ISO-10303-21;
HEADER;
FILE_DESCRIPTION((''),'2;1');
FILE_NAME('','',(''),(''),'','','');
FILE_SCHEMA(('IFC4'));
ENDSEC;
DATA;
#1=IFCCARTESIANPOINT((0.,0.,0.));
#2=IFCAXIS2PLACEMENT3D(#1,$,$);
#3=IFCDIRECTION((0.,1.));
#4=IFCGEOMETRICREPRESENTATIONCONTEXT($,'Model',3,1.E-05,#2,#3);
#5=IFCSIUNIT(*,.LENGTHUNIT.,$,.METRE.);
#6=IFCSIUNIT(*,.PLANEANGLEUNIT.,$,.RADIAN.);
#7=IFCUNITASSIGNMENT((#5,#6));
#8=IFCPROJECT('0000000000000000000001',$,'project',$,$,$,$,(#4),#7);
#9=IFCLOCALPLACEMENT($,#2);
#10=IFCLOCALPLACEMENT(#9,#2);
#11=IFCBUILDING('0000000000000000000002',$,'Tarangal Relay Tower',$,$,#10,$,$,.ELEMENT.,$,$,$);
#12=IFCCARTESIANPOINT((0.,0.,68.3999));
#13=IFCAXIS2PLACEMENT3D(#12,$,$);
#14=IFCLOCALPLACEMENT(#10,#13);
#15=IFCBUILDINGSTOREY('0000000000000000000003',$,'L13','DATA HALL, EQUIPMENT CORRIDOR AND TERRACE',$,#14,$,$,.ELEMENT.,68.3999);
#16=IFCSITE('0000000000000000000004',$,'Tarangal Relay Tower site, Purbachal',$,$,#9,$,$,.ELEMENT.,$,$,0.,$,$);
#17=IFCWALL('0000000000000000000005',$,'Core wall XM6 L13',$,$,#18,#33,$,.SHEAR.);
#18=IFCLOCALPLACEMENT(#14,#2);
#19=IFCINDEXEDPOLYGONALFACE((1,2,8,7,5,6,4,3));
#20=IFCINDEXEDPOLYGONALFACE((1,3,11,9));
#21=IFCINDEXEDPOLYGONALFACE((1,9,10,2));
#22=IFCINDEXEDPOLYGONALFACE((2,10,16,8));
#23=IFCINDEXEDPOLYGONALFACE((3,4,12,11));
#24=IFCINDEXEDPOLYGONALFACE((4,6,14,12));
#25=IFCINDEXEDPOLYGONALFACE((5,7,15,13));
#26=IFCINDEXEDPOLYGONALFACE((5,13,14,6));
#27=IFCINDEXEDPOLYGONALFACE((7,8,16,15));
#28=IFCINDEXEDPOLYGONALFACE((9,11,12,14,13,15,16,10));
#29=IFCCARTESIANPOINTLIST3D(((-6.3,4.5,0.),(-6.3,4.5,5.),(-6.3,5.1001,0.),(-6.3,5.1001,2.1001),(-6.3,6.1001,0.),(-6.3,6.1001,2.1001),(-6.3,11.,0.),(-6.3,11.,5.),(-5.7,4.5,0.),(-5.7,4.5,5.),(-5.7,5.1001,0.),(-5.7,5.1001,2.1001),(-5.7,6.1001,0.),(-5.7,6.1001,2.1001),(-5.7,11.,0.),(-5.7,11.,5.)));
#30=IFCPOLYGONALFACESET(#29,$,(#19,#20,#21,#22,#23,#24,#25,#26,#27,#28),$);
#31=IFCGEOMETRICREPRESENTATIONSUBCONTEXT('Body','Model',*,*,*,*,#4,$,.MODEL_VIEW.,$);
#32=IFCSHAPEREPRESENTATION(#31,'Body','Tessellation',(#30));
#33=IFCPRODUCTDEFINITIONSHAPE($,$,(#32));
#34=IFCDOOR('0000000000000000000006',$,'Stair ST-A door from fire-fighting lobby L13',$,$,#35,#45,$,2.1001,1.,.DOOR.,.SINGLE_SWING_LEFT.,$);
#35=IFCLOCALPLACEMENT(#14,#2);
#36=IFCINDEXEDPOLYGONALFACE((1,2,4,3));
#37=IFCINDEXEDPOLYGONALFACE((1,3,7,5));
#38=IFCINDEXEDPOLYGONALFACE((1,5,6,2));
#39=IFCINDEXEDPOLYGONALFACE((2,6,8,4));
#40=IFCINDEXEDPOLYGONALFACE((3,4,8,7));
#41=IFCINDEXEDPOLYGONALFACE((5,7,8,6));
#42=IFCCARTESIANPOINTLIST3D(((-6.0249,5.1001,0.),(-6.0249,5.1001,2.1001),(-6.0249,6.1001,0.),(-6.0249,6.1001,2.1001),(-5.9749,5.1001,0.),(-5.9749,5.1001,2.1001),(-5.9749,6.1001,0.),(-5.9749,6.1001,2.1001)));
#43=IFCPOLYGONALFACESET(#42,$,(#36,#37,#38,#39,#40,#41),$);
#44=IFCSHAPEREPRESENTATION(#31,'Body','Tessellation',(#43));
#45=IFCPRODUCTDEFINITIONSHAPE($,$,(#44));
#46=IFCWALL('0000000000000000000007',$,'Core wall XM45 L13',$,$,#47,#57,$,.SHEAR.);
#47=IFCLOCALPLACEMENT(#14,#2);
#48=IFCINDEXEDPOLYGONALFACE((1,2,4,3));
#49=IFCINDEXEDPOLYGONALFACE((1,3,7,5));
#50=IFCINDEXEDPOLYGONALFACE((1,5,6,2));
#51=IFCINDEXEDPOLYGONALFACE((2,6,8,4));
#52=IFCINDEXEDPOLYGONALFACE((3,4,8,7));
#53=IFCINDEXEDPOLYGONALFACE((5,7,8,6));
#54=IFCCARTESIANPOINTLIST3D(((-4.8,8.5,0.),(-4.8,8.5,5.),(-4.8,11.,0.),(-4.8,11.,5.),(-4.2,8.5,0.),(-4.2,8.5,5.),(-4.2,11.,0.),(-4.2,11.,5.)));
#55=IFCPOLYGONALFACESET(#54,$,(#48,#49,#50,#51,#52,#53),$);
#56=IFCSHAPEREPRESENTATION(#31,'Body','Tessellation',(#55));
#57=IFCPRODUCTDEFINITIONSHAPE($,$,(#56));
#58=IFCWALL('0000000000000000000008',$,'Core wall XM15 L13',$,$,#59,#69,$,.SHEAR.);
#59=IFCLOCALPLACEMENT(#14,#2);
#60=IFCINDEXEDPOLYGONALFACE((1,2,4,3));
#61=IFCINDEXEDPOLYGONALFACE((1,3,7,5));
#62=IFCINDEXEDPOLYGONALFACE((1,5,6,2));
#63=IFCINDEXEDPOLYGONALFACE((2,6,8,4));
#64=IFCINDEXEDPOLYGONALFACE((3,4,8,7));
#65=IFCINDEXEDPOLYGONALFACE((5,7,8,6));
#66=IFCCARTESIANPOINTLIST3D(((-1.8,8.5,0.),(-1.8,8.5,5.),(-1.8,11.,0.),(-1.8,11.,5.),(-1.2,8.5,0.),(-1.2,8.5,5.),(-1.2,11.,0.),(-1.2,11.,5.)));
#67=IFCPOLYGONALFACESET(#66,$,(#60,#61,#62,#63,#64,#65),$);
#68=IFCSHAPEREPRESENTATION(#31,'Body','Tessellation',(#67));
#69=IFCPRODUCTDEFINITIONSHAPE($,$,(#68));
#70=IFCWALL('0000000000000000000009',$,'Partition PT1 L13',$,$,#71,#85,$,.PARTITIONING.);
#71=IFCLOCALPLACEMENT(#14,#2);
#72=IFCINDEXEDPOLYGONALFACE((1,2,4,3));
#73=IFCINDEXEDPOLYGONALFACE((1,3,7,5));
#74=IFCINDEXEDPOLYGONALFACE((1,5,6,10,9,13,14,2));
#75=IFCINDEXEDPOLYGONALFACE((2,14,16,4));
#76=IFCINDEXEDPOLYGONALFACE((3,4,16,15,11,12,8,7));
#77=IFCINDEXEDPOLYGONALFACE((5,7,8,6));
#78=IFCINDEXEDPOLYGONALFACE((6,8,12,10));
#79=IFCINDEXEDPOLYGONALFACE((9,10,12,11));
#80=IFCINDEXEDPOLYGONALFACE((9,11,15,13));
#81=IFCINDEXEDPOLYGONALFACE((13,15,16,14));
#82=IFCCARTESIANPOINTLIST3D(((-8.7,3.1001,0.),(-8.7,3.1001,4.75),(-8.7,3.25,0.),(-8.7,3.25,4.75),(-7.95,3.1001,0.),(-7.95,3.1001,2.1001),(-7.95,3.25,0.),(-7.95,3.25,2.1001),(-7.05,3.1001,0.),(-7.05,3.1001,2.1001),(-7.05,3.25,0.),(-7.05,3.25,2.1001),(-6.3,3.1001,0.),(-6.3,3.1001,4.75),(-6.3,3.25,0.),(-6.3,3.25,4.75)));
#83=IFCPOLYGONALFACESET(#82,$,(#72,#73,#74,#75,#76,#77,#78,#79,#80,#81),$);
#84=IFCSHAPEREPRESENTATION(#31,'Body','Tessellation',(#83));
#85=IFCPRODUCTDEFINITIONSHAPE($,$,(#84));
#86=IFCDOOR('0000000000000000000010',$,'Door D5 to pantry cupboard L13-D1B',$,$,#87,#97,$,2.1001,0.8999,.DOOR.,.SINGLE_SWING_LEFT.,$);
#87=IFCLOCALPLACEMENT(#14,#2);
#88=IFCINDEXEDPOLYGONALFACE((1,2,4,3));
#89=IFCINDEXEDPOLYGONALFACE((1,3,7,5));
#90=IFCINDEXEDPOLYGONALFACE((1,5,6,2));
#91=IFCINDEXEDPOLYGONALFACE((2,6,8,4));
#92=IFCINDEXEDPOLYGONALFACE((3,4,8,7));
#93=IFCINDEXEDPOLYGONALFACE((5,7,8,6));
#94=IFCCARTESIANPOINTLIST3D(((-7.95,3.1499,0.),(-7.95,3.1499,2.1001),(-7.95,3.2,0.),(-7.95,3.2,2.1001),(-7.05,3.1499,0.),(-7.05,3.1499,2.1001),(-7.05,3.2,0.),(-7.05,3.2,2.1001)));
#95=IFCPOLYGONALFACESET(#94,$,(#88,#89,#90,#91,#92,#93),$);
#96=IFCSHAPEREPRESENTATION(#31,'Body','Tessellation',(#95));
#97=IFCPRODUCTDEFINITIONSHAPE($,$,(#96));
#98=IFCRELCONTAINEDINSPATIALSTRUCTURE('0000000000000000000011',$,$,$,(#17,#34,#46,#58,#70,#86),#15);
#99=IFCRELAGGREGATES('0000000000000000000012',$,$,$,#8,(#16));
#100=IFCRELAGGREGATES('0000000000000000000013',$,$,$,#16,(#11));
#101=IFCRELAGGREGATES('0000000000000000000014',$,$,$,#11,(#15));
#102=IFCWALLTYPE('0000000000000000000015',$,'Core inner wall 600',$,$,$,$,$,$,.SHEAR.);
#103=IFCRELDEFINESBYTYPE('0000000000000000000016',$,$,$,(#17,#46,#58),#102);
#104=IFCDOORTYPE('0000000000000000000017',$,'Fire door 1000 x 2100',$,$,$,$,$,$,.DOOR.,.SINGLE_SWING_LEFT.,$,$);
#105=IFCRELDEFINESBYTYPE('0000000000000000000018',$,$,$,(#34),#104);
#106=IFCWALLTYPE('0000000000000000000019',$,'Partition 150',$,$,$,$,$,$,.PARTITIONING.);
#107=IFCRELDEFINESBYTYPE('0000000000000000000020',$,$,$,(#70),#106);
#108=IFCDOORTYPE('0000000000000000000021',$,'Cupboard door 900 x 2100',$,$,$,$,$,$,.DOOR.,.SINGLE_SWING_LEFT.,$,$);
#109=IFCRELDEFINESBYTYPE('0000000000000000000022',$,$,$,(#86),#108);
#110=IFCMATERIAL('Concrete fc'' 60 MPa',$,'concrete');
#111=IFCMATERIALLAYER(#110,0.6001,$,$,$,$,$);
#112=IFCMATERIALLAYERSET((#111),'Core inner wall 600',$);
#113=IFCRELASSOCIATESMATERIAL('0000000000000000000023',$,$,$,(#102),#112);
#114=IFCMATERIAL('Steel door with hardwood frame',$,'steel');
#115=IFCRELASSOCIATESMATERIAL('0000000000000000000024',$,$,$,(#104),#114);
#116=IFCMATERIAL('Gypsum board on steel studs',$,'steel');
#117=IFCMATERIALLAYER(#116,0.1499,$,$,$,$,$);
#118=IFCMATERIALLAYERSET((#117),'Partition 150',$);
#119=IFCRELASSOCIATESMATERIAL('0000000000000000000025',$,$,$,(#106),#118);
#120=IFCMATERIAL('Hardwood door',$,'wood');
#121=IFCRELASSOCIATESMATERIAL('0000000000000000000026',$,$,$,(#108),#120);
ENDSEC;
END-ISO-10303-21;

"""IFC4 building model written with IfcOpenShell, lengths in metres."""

from ifc_helpers import new_model, si_unit, direction, frame, frame_2d, origin, place, context, subcontext, project, spatial, rectangle, extrude, material, layer, layer_set, type_object, element, fill, save


model = new_model("IFC4")

# Units and contexts
model_context = context("Model", 3, precision=1e-05, world=origin(), true_north=direction((0.0, 1.0)))
body_context = subcontext(model_context, "Body", "Model", "MODEL_VIEW")
ifc_project = project(units=[si_unit("LENGTHUNIT", "METRE"), si_unit("PLANEANGLEUNIT", "RADIAN")], contexts=[model_context])

# Site, building, storey
site_placement = place(None, origin())
site = spatial("IfcSite", under=ifc_project, at=site_placement, Name="Tarangal Relay Tower site, Purbachal", CompositionType="ELEMENT", RefElevation=0.0)
building_placement = place(site_placement, origin())
building = spatial("IfcBuilding", under=site, at=building_placement, Name="Tarangal Relay Tower", CompositionType="ELEMENT")
storey_placement = place(building_placement, frame((0.0, 0.0, 68.3999)))
storey = spatial("IfcBuildingStorey", under=building, at=storey_placement, Name="L13", Description="DATA HALL, EQUIPMENT CORRIDOR AND TERRACE", CompositionType="ELEMENT", Elevation=68.3999)

# Shared definitions
ifc_material_1 = material(Name="Concrete fc' 60 MPa", Category="concrete")
ifc_layer_1 = layer(ifc_material_1, 0.6001)
ifc_layer_set_1 = layer_set([ifc_layer_1], Name="Core inner wall 600")
wall_type_1 = type_object("IfcWallType", Name="Core inner wall 600", PredefinedType="SHEAR", material=ifc_layer_set_1)
ifc_material_2 = material(Name="Steel door with hardwood frame", Category="steel")

# Wall, opening, door
wall_1_placement = place(storey_placement, frame((-6.0, 4.5, 0.0), z_axis=(0.0, 0.0, 1.0), x_axis=(0.0, 1.0, 0.0)))
wall_1 = element("IfcWall", 1, at=wall_1_placement, inside=storey, type_object=wall_type_1, Name="Core wall XM6 L13", PredefinedType="SHEAR", context=body_context, shape_type="SweptSolid", body=[
    extrude(rectangle(XDim=6.5, YDim=0.6001, at=frame_2d((3.25, 0.0))), origin(), (0.0, 0.0, 1.0), 5.0),
])
opening_1_placement = place(wall_1_placement, frame((0.6001, 0.0, 0.0)))
opening_1 = element("IfcOpeningElement", 2, at=opening_1_placement, cuts=wall_1, PredefinedType="OPENING", context=body_context, shape_type="SweptSolid", body=[
    extrude(rectangle(XDim=1.0, YDim=2.1001, at=frame_2d((0.5, 1.05))), frame((0.0, 0.3101, 0.0), z_axis=(0.0, -1.0, 0.0), x_axis=(1.0, 0.0, 0.0)), (0.0, 0.0, 1.0), 0.6201),
])
door_type_1 = type_object("IfcDoorType", Name="Fire door 1000 x 2100", OperationType="SINGLE_SWING_LEFT", PredefinedType="DOOR", material=ifc_material_2)
door_1_placement = place(opening_1_placement, origin())
door_1 = element("IfcDoor", 3, at=door_1_placement, inside=storey, type_object=door_type_1, Name="Stair ST-A door from fire-fighting lobby L13", OperationType="SINGLE_SWING_LEFT", OverallHeight=2.1001, OverallWidth=1.0, PredefinedType="DOOR", context=body_context, shape_type="SweptSolid", body=[
    extrude(rectangle(XDim=1.0, YDim=2.1001, at=frame_2d((0.5, 1.05))), frame((0.0, 0.0249, 0.0), z_axis=(0.0, -1.0, 0.0), x_axis=(1.0, 0.0, 0.0)), (0.0, 0.0, 1.0), 0.05),
])
fill(opening_1, door_1)

# Walls
for number, where, z_axis, x_axis, name in (
    (4, (-4.5, 8.5, 0.0), (0.0, 0.0, 1.0), (0.0, 1.0, 0.0), "Core wall XM45 L13"),
    (5, (-1.5, 8.5, 0.0), (0.0, 0.0, 1.0), (0.0, 1.0, 0.0), "Core wall XM15 L13"),
):
    element("IfcWall", number, at=place(storey_placement, frame(where, z_axis=z_axis, x_axis=x_axis)), inside=storey, type_object=wall_type_1, Name=name, PredefinedType="SHEAR", context=body_context, shape_type="SweptSolid", body=[
        extrude(rectangle(XDim=2.5, YDim=0.6001, at=frame_2d((1.25, 0.0))), origin(), (0.0, 0.0, 1.0), 5.0),
    ])

# Wall, opening, door
ifc_material_3 = material(Name="Gypsum board on steel studs", Category="steel")
ifc_layer_2 = layer(ifc_material_3, 0.1499)
ifc_layer_set_2 = layer_set([ifc_layer_2], Name="Partition 150")
wall_type_2 = type_object("IfcWallType", Name="Partition 150", PredefinedType="PARTITIONING", material=ifc_layer_set_2)
wall_2_placement = place(storey_placement, frame((-8.7, 3.175, 0.0), z_axis=(0.0, 0.0, 1.0), x_axis=(1.0, 0.0, 0.0)))
wall_2 = element("IfcWall", 6, at=wall_2_placement, inside=storey, type_object=wall_type_2, Name="Partition PT1 L13", PredefinedType="PARTITIONING", context=body_context, shape_type="SweptSolid", body=[
    extrude(rectangle(XDim=2.3999, YDim=0.1499, at=frame_2d((1.2, 0.0))), origin(), (0.0, 0.0, 1.0), 4.75),
])
opening_2_placement = place(wall_2_placement, frame((0.75, 0.0, 0.0)))
opening_2 = element("IfcOpeningElement", 7, at=opening_2_placement, cuts=wall_2, PredefinedType="OPENING", context=body_context, shape_type="SweptSolid", body=[
    extrude(rectangle(XDim=0.8999, YDim=2.1001, at=frame_2d((0.45, 1.05))), frame((0.0, 0.085, 0.0), z_axis=(0.0, -1.0, 0.0), x_axis=(1.0, 0.0, 0.0)), (0.0, 0.0, 1.0), 0.1699),
])
ifc_material_4 = material(Name="Hardwood door", Category="wood")
door_type_2 = type_object("IfcDoorType", Name="Cupboard door 900 x 2100", OperationType="SINGLE_SWING_LEFT", PredefinedType="DOOR", material=ifc_material_4)
door_2_placement = place(opening_2_placement, origin())
door_2 = element("IfcDoor", 8, at=door_2_placement, inside=storey, type_object=door_type_2, Name="Door D5 to pantry cupboard L13-D1B", OperationType="SINGLE_SWING_LEFT", OverallHeight=2.1001, OverallWidth=0.8999, PredefinedType="DOOR", context=body_context, shape_type="SweptSolid", body=[
    extrude(rectangle(XDim=0.8999, YDim=2.1001, at=frame_2d((0.45, 1.05))), frame((0.0, 0.0249, 0.0), z_axis=(0.0, -1.0, 0.0), x_axis=(1.0, 0.0, 0.0)), (0.0, 0.0, 1.0), 0.05),
])
fill(opening_2, door_2)

save(model, "model.ifc")
